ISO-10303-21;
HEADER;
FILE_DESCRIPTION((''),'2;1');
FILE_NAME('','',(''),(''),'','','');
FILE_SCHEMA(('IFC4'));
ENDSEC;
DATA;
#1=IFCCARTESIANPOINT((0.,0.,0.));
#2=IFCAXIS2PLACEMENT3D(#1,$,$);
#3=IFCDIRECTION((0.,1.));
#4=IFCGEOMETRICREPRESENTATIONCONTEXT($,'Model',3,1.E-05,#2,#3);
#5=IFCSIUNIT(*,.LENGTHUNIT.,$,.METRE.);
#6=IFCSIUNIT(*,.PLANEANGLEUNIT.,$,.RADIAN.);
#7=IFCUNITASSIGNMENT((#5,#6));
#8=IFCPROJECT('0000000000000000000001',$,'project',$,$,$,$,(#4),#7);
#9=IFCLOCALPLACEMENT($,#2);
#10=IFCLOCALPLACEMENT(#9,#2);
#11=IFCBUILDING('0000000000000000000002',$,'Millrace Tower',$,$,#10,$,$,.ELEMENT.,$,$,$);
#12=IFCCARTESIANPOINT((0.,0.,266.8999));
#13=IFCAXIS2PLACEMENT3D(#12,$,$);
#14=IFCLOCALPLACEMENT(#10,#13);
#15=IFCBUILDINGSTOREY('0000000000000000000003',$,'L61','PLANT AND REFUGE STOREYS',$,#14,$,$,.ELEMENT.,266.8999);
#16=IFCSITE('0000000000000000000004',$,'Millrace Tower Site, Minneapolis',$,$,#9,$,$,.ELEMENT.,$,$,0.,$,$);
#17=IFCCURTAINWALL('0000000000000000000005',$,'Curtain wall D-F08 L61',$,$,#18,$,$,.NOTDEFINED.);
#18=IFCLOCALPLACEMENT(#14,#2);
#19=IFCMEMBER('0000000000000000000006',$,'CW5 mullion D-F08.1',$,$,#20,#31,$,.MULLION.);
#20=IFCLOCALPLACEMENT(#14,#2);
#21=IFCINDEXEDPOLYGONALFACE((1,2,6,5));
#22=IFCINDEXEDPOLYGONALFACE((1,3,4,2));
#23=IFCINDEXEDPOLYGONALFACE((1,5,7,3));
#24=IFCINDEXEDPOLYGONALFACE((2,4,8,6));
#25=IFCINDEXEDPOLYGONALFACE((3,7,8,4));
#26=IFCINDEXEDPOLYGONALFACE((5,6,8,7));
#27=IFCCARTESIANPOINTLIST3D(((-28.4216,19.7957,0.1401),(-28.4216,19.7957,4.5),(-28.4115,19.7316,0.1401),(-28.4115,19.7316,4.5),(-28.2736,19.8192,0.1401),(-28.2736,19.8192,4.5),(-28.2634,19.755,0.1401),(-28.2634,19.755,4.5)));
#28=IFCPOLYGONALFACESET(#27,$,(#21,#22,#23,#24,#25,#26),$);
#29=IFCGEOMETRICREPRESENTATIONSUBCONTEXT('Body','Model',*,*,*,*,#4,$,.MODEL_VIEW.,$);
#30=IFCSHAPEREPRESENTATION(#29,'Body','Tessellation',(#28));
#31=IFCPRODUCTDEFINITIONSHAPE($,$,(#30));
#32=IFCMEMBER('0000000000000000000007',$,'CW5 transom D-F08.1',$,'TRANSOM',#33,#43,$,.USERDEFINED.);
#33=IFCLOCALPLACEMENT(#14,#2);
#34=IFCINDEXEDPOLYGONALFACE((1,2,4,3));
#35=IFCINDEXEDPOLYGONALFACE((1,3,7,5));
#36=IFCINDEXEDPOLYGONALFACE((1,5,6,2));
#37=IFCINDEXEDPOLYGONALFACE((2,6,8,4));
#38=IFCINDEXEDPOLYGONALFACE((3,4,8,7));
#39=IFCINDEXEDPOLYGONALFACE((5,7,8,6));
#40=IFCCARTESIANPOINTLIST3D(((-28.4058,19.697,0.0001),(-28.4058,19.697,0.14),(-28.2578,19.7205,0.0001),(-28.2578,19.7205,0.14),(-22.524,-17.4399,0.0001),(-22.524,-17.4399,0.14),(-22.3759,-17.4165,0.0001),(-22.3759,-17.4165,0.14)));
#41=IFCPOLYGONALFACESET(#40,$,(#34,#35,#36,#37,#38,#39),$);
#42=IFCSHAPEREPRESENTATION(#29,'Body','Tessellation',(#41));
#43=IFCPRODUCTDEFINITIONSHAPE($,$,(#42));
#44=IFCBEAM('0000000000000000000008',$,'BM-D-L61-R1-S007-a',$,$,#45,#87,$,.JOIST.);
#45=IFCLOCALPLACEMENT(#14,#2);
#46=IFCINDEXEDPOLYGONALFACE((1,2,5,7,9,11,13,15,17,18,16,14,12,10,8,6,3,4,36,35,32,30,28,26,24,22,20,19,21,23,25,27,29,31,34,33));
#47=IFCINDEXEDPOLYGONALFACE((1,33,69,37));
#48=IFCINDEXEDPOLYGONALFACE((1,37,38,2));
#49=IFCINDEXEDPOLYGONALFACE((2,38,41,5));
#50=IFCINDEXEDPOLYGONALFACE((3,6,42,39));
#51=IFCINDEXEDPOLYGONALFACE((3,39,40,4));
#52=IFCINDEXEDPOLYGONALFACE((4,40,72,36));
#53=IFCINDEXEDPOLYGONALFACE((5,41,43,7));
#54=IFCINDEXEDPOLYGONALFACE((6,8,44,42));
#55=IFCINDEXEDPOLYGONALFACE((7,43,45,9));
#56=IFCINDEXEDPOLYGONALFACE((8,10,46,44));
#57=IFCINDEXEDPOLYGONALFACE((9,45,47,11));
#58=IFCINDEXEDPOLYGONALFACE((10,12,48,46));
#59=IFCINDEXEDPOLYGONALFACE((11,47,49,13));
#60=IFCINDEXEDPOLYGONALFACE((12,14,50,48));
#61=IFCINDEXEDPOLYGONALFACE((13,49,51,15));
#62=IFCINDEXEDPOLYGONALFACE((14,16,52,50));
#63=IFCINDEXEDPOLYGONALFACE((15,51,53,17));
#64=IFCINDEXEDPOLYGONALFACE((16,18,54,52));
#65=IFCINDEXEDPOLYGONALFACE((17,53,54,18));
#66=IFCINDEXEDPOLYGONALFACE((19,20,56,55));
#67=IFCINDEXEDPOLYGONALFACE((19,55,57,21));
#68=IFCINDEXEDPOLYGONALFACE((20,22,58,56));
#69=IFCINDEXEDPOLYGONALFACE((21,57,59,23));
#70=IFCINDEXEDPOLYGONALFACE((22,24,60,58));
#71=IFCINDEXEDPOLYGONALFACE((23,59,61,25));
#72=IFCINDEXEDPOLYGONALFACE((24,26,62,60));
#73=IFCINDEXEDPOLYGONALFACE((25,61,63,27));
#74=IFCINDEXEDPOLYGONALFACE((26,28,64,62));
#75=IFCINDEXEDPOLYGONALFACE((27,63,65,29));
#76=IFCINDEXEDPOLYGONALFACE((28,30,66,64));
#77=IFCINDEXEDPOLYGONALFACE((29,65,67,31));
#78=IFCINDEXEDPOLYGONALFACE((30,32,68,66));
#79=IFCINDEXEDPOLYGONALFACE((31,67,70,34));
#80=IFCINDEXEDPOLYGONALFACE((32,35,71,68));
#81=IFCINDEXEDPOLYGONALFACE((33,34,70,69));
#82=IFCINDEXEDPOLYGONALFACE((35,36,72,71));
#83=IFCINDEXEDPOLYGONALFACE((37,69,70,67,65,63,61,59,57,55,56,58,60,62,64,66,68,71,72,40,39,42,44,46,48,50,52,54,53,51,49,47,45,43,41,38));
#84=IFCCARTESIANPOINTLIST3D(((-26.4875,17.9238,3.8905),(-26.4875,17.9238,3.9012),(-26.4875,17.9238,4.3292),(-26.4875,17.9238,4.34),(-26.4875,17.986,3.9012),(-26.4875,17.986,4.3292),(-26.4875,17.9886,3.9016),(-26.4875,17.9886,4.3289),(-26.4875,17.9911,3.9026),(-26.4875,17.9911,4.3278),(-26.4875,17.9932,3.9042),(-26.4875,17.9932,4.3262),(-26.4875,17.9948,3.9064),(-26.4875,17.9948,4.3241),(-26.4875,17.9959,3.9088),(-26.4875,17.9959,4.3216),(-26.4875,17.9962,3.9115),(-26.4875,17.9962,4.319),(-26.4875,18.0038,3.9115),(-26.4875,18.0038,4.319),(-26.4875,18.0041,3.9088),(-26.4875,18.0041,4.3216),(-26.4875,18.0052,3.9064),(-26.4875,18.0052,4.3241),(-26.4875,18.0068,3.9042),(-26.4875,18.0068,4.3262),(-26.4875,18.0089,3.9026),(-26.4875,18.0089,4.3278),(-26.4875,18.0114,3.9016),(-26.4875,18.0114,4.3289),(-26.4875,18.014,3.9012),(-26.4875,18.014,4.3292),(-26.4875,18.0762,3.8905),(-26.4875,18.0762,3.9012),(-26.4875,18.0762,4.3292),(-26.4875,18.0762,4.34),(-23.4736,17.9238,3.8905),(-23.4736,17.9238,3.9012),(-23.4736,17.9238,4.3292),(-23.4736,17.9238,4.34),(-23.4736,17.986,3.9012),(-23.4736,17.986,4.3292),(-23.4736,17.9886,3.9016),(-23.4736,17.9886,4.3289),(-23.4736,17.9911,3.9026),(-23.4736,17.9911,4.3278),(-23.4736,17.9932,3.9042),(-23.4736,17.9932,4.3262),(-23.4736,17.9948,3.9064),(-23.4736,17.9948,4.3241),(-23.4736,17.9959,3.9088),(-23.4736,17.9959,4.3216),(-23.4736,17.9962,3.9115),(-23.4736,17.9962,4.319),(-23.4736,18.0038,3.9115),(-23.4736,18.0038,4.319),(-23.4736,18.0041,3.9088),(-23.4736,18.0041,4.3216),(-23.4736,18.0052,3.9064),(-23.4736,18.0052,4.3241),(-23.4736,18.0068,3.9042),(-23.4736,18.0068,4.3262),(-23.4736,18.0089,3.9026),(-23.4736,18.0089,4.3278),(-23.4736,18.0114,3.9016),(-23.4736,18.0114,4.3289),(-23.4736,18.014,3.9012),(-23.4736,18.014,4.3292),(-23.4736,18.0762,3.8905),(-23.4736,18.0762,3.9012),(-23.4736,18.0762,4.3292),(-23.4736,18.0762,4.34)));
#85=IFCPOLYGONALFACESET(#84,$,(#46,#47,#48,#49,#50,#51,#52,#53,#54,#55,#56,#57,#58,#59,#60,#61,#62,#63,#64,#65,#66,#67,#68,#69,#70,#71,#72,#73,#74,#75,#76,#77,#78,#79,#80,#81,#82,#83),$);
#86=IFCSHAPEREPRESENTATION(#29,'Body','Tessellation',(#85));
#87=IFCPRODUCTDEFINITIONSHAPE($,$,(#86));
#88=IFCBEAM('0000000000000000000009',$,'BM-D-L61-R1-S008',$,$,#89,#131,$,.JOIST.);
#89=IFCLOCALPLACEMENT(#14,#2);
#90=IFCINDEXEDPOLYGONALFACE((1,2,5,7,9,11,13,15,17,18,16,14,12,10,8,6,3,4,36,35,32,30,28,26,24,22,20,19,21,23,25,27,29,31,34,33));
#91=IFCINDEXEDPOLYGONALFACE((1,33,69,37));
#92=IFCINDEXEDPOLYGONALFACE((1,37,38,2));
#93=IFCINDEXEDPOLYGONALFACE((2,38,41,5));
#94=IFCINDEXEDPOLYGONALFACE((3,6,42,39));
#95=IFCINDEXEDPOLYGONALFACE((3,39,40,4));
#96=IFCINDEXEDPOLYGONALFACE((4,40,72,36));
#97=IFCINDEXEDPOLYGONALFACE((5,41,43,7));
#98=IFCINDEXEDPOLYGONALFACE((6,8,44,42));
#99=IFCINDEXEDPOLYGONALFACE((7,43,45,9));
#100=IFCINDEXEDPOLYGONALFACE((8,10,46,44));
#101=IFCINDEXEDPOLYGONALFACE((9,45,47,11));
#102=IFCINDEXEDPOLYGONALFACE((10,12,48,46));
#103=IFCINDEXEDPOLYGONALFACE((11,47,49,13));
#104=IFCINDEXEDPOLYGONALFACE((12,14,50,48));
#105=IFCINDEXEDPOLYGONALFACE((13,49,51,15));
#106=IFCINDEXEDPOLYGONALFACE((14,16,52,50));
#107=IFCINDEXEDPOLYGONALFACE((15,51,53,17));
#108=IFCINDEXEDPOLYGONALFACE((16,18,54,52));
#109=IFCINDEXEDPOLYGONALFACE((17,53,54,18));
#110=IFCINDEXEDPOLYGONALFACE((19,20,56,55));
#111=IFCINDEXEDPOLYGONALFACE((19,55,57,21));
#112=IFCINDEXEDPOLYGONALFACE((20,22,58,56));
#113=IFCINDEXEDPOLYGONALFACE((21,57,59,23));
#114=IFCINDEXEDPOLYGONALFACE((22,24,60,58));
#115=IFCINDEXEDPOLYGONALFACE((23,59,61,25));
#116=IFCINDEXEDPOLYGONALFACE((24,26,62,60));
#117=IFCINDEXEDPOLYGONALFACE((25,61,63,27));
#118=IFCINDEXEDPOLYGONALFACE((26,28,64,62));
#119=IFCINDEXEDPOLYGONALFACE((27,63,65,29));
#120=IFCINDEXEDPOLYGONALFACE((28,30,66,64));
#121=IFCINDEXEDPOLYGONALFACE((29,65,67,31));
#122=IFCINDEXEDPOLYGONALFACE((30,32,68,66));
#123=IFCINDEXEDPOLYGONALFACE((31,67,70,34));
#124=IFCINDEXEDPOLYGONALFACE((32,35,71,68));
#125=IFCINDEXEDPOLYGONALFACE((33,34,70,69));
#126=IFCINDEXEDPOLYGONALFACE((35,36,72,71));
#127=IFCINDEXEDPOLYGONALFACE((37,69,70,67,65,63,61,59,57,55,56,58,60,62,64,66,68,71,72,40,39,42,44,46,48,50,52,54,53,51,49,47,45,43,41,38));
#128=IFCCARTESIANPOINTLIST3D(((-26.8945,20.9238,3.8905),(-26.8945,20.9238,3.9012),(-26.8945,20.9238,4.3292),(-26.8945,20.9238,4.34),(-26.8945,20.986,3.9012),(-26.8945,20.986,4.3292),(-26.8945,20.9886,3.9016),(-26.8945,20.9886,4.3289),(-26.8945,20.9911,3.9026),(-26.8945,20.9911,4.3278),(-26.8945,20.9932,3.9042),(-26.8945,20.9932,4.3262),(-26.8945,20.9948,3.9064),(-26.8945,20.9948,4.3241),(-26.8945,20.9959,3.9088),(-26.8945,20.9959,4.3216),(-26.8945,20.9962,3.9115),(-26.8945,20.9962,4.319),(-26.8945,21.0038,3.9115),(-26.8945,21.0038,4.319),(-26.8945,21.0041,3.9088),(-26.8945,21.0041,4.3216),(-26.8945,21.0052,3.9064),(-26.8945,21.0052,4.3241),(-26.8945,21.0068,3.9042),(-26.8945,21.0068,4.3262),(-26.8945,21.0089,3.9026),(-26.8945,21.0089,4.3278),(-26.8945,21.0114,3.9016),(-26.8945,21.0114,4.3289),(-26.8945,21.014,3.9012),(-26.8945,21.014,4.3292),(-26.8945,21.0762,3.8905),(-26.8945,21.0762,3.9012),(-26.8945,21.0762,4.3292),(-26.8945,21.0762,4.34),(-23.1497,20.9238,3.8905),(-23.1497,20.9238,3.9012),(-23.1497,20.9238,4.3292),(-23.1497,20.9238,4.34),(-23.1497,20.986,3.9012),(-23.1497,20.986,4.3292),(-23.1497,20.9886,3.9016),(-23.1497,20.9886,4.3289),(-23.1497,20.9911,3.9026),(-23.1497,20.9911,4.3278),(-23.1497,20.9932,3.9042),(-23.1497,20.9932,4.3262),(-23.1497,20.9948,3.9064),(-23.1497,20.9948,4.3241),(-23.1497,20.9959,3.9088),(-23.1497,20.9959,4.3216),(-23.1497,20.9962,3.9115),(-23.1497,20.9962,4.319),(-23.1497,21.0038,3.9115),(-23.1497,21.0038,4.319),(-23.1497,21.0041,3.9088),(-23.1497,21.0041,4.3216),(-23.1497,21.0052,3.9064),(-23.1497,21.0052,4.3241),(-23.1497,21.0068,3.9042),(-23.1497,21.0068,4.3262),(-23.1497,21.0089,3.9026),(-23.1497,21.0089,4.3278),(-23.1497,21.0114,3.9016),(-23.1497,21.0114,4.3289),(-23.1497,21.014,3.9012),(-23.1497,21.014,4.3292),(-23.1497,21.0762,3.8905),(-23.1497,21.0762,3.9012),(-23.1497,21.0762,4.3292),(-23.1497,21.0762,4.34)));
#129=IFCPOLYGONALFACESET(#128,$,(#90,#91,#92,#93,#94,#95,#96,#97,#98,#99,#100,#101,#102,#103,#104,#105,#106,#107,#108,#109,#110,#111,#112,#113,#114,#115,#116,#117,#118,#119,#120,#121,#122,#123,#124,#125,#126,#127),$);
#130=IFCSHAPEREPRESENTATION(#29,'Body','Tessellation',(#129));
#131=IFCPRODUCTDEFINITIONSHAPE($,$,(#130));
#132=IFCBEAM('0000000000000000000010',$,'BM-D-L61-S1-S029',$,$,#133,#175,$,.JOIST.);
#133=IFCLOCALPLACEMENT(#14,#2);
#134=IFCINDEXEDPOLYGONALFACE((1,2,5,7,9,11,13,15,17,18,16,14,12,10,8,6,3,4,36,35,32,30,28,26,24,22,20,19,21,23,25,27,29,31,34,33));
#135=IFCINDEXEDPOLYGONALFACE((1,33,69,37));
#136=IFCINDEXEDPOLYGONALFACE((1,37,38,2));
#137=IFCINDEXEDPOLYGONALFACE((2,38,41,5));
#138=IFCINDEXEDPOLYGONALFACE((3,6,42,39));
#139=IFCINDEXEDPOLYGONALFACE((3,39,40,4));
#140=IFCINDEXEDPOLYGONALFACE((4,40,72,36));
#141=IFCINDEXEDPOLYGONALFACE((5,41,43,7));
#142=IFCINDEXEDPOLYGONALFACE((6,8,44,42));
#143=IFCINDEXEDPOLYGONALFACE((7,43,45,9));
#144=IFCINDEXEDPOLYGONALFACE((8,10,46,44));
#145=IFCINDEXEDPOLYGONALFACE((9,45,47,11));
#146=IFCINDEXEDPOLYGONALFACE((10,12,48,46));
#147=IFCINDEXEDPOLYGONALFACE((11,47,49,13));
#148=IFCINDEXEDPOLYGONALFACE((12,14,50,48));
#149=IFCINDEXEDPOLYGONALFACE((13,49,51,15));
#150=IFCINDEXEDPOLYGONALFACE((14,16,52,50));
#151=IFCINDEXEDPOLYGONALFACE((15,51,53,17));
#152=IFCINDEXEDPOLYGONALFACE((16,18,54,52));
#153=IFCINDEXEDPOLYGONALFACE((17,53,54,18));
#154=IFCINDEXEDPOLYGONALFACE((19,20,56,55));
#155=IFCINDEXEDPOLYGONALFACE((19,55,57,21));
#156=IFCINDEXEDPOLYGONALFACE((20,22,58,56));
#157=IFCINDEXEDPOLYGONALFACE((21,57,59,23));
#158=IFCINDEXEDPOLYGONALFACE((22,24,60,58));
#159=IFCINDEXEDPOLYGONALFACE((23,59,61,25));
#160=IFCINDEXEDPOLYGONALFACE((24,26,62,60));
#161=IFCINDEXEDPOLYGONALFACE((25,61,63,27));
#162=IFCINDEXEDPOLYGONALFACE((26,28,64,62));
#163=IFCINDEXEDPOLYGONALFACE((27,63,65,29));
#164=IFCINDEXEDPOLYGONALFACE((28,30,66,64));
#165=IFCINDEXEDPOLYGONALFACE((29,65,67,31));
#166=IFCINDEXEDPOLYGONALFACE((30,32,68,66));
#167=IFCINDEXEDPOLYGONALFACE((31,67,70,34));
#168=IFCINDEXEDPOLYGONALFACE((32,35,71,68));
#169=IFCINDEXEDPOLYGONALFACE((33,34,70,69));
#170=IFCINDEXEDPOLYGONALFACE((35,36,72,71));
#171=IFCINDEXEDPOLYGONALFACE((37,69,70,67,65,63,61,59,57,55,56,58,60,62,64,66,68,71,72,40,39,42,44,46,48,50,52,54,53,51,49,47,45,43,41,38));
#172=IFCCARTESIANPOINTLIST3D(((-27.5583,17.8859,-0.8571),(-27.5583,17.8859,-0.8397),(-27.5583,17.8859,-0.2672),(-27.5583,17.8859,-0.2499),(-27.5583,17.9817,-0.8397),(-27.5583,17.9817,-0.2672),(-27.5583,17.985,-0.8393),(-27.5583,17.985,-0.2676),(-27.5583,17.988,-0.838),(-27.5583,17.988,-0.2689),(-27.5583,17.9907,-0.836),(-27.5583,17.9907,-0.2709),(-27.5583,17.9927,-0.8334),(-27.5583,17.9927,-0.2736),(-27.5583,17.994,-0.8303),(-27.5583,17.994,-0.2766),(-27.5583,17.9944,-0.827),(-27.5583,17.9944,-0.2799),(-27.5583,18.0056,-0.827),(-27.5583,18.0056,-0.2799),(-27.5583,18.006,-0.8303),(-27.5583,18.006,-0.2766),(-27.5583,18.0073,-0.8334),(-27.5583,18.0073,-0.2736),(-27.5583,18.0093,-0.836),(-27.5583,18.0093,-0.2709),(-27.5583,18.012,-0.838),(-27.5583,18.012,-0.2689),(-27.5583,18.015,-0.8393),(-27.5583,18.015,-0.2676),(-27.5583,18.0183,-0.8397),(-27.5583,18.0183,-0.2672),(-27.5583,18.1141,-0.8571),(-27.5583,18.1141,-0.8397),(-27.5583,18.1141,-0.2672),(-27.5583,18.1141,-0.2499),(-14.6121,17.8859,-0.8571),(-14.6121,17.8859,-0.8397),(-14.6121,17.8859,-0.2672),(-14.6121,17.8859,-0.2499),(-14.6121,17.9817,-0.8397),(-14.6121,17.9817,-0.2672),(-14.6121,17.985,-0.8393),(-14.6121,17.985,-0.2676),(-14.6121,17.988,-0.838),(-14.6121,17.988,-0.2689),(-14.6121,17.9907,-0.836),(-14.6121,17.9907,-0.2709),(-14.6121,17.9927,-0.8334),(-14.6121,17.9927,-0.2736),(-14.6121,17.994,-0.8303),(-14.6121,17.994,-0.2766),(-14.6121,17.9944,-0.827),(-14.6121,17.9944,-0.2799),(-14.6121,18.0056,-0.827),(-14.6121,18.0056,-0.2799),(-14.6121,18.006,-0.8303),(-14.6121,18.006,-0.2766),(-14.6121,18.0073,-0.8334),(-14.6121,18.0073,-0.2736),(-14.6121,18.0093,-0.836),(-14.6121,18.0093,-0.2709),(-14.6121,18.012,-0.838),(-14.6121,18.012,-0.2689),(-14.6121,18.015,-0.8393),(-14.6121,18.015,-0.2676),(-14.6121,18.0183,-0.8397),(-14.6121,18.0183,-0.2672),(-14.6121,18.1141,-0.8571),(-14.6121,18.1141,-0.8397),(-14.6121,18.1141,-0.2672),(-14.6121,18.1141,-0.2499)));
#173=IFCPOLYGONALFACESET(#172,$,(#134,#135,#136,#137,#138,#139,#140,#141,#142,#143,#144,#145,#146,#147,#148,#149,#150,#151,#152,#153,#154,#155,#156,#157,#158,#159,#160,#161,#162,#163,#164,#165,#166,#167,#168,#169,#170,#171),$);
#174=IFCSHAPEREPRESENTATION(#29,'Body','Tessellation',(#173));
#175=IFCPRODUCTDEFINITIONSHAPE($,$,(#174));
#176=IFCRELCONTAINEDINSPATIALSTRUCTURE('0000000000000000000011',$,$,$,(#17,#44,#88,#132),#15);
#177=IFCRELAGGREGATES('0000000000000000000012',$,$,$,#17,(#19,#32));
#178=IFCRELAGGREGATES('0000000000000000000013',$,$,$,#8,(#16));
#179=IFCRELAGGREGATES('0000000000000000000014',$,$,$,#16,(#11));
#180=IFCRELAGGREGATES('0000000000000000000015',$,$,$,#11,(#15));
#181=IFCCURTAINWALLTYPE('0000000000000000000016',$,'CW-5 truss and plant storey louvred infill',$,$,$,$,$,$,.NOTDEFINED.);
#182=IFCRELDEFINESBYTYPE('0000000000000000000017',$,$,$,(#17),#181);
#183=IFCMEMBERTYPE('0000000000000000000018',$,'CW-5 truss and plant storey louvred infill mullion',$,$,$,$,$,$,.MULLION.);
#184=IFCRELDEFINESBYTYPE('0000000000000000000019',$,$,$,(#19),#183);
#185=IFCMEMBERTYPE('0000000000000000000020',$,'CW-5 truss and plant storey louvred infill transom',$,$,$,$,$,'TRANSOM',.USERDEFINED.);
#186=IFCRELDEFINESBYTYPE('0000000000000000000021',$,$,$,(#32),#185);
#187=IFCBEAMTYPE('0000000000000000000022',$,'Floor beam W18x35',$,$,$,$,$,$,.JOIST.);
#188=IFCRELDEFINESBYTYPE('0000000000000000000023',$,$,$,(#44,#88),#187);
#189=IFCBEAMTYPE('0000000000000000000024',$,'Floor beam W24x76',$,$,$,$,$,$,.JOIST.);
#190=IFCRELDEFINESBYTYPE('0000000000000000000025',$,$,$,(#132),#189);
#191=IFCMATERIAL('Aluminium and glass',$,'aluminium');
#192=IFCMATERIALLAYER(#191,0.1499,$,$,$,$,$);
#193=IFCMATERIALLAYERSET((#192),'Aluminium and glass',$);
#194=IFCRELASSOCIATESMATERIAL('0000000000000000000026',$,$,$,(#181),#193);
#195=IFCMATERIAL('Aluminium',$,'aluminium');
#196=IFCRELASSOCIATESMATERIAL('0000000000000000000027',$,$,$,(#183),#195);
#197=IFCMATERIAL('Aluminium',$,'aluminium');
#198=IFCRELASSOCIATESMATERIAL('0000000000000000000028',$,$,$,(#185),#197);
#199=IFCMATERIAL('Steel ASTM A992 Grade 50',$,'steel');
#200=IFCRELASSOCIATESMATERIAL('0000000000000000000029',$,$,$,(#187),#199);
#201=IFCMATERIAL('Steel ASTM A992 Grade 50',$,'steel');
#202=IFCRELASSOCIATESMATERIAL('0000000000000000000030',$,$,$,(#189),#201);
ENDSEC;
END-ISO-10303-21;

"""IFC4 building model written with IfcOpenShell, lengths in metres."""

from ifc_helpers import new_model, si_unit, direction, frame, origin, origin_2d, place, context, subcontext, project, spatial, rectangle, i_section, extrude, material, layer, layer_set, material_profile, profile_set, type_object, element, aggregate, save


model = new_model("IFC4")

# Units and contexts
model_context = context("Model", 3, precision=1e-05, world=origin(), true_north=direction((0.0, 1.0)))
body_context = subcontext(model_context, "Body", "Model", "MODEL_VIEW")
ifc_project = project(units=[si_unit("LENGTHUNIT", "METRE"), si_unit("PLANEANGLEUNIT", "RADIAN")], contexts=[model_context])

# Site, building, storey
site_placement = place(None, origin())
site = spatial("IfcSite", under=ifc_project, at=site_placement, Name="Millrace Tower Site, Minneapolis", CompositionType="ELEMENT", RefElevation=0.0)
building_placement = place(site_placement, origin())
building = spatial("IfcBuilding", under=site, at=building_placement, Name="Millrace Tower", CompositionType="ELEMENT")
storey_placement = place(building_placement, frame((0.0, 0.0, 266.8999)))
storey = spatial("IfcBuildingStorey", under=building, at=storey_placement, Name="L61", Description="PLANT AND REFUGE STOREYS", CompositionType="ELEMENT", Elevation=266.8999)

# Curtain wall, members
ifc_material_1 = material(Name="Aluminium and glass", Category="aluminium")
ifc_layer_1 = layer(ifc_material_1, 0.1499)
ifc_layer_set_1 = layer_set([ifc_layer_1], Name="Aluminium and glass")
curtain_wall_type = type_object("IfcCurtainWallType", Name="CW-5 truss and plant storey louvred infill", PredefinedType="NOTDEFINED", material=ifc_layer_set_1)
curtain_wall_placement = place(storey_placement, origin())
curtain_wall = element("IfcCurtainWall", 1, at=curtain_wall_placement, inside=storey, type_object=curtain_wall_type, Name="Curtain wall D-F08 L61", PredefinedType="NOTDEFINED")
ifc_material_2 = material(Name="Aluminium", Category="aluminium")
ifc_material_profile_1 = material_profile(ifc_material_2, rectangle(XDim=0.0649, YDim=0.1499, at=origin_2d()))
ifc_profile_set_1 = profile_set([ifc_material_profile_1], Name="Aluminium")
member_type_1 = type_object("IfcMemberType", Name="CW-5 truss and plant storey louvred infill mullion", PredefinedType="MULLION", material=ifc_profile_set_1)
member_1_placement = place(storey_placement, frame((-28.3425, 19.7754, 0.1401), z_axis=(0.0, 0.0, 1.0), x_axis=(0.156434, -0.987688, 0.0)))
member_1 = element("IfcMember", 2, at=member_1_placement, type_object=member_type_1, Name="CW5 mullion D-F08.1", PredefinedType="MULLION", context=body_context, shape_type="SweptSolid", body=[
    extrude(rectangle(XDim=0.0649, YDim=0.1499, at=origin_2d()), origin(), (0.0, 0.0, 1.0), 4.3599),
])
ifc_material_3 = material(Name="Aluminium", Category="aluminium")
ifc_material_profile_2 = material_profile(ifc_material_3, rectangle(XDim=0.1499, YDim=0.1399, at=origin_2d()))
ifc_profile_set_2 = profile_set([ifc_material_profile_2], Name="Aluminium")
member_type_2 = type_object("IfcMemberType", Name="CW-5 truss and plant storey louvred infill transom", ElementType="TRANSOM", PredefinedType="USERDEFINED", material=ifc_profile_set_2)
member_2_placement = place(storey_placement, frame((-28.3318, 19.7087, 0.0701), z_axis=(0.156432, -0.987689, 0.0), x_axis=(0.987689, 0.156432, 0.0)))
member_2 = element("IfcMember", 3, at=member_2_placement, type_object=member_type_2, Name="CW5 transom D-F08.1", ObjectType="TRANSOM", PredefinedType="USERDEFINED", context=body_context, shape_type="SweptSolid", body=[
    extrude(rectangle(XDim=0.1499, YDim=0.1399, at=origin_2d()), origin(), (0.0, 0.0, 1.0), 37.5999),
])
aggregate(curtain_wall, [member_1, member_2])

# Beams
ifc_material_4 = material(Name="Steel ASTM A992 Grade 50", Category="steel")
ifc_material_profile_3 = material_profile(ifc_material_4, i_section(OverallWidth=0.1523, OverallDepth=0.4495, WebThickness=0.0076, FlangeThickness=0.0107, FilletRadius=0.0103, at=origin_2d()))
ifc_profile_set_3 = profile_set([ifc_material_profile_3], Name="Steel ASTM A992 Grade 50")
beam_type_1 = type_object("IfcBeamType", Name="Floor beam W18x35", PredefinedType="JOIST", material=ifc_profile_set_3)
beam_1_placement = place(storey_placement, frame((-26.4875, 18.0, 4.1152), z_axis=(1.0, 0.0, 0.0), x_axis=(0.0, 1.0, 0.0)))
element("IfcBeam", 4, at=beam_1_placement, inside=storey, type_object=beam_type_1, Name="BM-D-L61-R1-S007-a", PredefinedType="JOIST", context=body_context, shape_type="SweptSolid", body=[
    extrude(i_section(OverallWidth=0.1523, OverallDepth=0.4495, WebThickness=0.0076, FlangeThickness=0.0107, FilletRadius=0.0103, at=origin_2d()), origin(), (0.0, 0.0, 1.0), 3.0139),
])
beam_2_placement = place(storey_placement, frame((-26.8945, 21.0, 4.1152), z_axis=(1.0, 0.0, 0.0), x_axis=(0.0, 1.0, 0.0)))
element("IfcBeam", 5, at=beam_2_placement, inside=storey, type_object=beam_type_1, Name="BM-D-L61-R1-S008", PredefinedType="JOIST", context=body_context, shape_type="SweptSolid", body=[
    extrude(i_section(OverallWidth=0.1523, OverallDepth=0.4495, WebThickness=0.0076, FlangeThickness=0.0107, FilletRadius=0.0103, at=origin_2d()), origin(), (0.0, 0.0, 1.0), 3.7449),
])
ifc_material_5 = material(Name="Steel ASTM A992 Grade 50", Category="steel")
ifc_material_profile_4 = material_profile(ifc_material_5, i_section(OverallWidth=0.2283, OverallDepth=0.6072, WebThickness=0.0112, FlangeThickness=0.0173, FilletRadius=0.0127, at=origin_2d()))
ifc_profile_set_4 = profile_set([ifc_material_profile_4], Name="Steel ASTM A992 Grade 50")
beam_type_2 = type_object("IfcBeamType", Name="Floor beam W24x76", PredefinedType="JOIST", material=ifc_profile_set_4)
beam_3_placement = place(storey_placement, frame((-27.5583, 18.0, -0.5535), z_axis=(1.0, 0.0, 0.0), x_axis=(0.0, 1.0, 0.0)))
element("IfcBeam", 6, at=beam_3_placement, inside=storey, type_object=beam_type_2, Name="BM-D-L61-S1-S029", PredefinedType="JOIST", context=body_context, shape_type="SweptSolid", body=[
    extrude(i_section(OverallWidth=0.2283, OverallDepth=0.6072, WebThickness=0.0112, FlangeThickness=0.0173, FilletRadius=0.0127, at=origin_2d()), origin(), (0.0, 0.0, 1.0), 12.9463),
])

save(model, "model.ifc")
